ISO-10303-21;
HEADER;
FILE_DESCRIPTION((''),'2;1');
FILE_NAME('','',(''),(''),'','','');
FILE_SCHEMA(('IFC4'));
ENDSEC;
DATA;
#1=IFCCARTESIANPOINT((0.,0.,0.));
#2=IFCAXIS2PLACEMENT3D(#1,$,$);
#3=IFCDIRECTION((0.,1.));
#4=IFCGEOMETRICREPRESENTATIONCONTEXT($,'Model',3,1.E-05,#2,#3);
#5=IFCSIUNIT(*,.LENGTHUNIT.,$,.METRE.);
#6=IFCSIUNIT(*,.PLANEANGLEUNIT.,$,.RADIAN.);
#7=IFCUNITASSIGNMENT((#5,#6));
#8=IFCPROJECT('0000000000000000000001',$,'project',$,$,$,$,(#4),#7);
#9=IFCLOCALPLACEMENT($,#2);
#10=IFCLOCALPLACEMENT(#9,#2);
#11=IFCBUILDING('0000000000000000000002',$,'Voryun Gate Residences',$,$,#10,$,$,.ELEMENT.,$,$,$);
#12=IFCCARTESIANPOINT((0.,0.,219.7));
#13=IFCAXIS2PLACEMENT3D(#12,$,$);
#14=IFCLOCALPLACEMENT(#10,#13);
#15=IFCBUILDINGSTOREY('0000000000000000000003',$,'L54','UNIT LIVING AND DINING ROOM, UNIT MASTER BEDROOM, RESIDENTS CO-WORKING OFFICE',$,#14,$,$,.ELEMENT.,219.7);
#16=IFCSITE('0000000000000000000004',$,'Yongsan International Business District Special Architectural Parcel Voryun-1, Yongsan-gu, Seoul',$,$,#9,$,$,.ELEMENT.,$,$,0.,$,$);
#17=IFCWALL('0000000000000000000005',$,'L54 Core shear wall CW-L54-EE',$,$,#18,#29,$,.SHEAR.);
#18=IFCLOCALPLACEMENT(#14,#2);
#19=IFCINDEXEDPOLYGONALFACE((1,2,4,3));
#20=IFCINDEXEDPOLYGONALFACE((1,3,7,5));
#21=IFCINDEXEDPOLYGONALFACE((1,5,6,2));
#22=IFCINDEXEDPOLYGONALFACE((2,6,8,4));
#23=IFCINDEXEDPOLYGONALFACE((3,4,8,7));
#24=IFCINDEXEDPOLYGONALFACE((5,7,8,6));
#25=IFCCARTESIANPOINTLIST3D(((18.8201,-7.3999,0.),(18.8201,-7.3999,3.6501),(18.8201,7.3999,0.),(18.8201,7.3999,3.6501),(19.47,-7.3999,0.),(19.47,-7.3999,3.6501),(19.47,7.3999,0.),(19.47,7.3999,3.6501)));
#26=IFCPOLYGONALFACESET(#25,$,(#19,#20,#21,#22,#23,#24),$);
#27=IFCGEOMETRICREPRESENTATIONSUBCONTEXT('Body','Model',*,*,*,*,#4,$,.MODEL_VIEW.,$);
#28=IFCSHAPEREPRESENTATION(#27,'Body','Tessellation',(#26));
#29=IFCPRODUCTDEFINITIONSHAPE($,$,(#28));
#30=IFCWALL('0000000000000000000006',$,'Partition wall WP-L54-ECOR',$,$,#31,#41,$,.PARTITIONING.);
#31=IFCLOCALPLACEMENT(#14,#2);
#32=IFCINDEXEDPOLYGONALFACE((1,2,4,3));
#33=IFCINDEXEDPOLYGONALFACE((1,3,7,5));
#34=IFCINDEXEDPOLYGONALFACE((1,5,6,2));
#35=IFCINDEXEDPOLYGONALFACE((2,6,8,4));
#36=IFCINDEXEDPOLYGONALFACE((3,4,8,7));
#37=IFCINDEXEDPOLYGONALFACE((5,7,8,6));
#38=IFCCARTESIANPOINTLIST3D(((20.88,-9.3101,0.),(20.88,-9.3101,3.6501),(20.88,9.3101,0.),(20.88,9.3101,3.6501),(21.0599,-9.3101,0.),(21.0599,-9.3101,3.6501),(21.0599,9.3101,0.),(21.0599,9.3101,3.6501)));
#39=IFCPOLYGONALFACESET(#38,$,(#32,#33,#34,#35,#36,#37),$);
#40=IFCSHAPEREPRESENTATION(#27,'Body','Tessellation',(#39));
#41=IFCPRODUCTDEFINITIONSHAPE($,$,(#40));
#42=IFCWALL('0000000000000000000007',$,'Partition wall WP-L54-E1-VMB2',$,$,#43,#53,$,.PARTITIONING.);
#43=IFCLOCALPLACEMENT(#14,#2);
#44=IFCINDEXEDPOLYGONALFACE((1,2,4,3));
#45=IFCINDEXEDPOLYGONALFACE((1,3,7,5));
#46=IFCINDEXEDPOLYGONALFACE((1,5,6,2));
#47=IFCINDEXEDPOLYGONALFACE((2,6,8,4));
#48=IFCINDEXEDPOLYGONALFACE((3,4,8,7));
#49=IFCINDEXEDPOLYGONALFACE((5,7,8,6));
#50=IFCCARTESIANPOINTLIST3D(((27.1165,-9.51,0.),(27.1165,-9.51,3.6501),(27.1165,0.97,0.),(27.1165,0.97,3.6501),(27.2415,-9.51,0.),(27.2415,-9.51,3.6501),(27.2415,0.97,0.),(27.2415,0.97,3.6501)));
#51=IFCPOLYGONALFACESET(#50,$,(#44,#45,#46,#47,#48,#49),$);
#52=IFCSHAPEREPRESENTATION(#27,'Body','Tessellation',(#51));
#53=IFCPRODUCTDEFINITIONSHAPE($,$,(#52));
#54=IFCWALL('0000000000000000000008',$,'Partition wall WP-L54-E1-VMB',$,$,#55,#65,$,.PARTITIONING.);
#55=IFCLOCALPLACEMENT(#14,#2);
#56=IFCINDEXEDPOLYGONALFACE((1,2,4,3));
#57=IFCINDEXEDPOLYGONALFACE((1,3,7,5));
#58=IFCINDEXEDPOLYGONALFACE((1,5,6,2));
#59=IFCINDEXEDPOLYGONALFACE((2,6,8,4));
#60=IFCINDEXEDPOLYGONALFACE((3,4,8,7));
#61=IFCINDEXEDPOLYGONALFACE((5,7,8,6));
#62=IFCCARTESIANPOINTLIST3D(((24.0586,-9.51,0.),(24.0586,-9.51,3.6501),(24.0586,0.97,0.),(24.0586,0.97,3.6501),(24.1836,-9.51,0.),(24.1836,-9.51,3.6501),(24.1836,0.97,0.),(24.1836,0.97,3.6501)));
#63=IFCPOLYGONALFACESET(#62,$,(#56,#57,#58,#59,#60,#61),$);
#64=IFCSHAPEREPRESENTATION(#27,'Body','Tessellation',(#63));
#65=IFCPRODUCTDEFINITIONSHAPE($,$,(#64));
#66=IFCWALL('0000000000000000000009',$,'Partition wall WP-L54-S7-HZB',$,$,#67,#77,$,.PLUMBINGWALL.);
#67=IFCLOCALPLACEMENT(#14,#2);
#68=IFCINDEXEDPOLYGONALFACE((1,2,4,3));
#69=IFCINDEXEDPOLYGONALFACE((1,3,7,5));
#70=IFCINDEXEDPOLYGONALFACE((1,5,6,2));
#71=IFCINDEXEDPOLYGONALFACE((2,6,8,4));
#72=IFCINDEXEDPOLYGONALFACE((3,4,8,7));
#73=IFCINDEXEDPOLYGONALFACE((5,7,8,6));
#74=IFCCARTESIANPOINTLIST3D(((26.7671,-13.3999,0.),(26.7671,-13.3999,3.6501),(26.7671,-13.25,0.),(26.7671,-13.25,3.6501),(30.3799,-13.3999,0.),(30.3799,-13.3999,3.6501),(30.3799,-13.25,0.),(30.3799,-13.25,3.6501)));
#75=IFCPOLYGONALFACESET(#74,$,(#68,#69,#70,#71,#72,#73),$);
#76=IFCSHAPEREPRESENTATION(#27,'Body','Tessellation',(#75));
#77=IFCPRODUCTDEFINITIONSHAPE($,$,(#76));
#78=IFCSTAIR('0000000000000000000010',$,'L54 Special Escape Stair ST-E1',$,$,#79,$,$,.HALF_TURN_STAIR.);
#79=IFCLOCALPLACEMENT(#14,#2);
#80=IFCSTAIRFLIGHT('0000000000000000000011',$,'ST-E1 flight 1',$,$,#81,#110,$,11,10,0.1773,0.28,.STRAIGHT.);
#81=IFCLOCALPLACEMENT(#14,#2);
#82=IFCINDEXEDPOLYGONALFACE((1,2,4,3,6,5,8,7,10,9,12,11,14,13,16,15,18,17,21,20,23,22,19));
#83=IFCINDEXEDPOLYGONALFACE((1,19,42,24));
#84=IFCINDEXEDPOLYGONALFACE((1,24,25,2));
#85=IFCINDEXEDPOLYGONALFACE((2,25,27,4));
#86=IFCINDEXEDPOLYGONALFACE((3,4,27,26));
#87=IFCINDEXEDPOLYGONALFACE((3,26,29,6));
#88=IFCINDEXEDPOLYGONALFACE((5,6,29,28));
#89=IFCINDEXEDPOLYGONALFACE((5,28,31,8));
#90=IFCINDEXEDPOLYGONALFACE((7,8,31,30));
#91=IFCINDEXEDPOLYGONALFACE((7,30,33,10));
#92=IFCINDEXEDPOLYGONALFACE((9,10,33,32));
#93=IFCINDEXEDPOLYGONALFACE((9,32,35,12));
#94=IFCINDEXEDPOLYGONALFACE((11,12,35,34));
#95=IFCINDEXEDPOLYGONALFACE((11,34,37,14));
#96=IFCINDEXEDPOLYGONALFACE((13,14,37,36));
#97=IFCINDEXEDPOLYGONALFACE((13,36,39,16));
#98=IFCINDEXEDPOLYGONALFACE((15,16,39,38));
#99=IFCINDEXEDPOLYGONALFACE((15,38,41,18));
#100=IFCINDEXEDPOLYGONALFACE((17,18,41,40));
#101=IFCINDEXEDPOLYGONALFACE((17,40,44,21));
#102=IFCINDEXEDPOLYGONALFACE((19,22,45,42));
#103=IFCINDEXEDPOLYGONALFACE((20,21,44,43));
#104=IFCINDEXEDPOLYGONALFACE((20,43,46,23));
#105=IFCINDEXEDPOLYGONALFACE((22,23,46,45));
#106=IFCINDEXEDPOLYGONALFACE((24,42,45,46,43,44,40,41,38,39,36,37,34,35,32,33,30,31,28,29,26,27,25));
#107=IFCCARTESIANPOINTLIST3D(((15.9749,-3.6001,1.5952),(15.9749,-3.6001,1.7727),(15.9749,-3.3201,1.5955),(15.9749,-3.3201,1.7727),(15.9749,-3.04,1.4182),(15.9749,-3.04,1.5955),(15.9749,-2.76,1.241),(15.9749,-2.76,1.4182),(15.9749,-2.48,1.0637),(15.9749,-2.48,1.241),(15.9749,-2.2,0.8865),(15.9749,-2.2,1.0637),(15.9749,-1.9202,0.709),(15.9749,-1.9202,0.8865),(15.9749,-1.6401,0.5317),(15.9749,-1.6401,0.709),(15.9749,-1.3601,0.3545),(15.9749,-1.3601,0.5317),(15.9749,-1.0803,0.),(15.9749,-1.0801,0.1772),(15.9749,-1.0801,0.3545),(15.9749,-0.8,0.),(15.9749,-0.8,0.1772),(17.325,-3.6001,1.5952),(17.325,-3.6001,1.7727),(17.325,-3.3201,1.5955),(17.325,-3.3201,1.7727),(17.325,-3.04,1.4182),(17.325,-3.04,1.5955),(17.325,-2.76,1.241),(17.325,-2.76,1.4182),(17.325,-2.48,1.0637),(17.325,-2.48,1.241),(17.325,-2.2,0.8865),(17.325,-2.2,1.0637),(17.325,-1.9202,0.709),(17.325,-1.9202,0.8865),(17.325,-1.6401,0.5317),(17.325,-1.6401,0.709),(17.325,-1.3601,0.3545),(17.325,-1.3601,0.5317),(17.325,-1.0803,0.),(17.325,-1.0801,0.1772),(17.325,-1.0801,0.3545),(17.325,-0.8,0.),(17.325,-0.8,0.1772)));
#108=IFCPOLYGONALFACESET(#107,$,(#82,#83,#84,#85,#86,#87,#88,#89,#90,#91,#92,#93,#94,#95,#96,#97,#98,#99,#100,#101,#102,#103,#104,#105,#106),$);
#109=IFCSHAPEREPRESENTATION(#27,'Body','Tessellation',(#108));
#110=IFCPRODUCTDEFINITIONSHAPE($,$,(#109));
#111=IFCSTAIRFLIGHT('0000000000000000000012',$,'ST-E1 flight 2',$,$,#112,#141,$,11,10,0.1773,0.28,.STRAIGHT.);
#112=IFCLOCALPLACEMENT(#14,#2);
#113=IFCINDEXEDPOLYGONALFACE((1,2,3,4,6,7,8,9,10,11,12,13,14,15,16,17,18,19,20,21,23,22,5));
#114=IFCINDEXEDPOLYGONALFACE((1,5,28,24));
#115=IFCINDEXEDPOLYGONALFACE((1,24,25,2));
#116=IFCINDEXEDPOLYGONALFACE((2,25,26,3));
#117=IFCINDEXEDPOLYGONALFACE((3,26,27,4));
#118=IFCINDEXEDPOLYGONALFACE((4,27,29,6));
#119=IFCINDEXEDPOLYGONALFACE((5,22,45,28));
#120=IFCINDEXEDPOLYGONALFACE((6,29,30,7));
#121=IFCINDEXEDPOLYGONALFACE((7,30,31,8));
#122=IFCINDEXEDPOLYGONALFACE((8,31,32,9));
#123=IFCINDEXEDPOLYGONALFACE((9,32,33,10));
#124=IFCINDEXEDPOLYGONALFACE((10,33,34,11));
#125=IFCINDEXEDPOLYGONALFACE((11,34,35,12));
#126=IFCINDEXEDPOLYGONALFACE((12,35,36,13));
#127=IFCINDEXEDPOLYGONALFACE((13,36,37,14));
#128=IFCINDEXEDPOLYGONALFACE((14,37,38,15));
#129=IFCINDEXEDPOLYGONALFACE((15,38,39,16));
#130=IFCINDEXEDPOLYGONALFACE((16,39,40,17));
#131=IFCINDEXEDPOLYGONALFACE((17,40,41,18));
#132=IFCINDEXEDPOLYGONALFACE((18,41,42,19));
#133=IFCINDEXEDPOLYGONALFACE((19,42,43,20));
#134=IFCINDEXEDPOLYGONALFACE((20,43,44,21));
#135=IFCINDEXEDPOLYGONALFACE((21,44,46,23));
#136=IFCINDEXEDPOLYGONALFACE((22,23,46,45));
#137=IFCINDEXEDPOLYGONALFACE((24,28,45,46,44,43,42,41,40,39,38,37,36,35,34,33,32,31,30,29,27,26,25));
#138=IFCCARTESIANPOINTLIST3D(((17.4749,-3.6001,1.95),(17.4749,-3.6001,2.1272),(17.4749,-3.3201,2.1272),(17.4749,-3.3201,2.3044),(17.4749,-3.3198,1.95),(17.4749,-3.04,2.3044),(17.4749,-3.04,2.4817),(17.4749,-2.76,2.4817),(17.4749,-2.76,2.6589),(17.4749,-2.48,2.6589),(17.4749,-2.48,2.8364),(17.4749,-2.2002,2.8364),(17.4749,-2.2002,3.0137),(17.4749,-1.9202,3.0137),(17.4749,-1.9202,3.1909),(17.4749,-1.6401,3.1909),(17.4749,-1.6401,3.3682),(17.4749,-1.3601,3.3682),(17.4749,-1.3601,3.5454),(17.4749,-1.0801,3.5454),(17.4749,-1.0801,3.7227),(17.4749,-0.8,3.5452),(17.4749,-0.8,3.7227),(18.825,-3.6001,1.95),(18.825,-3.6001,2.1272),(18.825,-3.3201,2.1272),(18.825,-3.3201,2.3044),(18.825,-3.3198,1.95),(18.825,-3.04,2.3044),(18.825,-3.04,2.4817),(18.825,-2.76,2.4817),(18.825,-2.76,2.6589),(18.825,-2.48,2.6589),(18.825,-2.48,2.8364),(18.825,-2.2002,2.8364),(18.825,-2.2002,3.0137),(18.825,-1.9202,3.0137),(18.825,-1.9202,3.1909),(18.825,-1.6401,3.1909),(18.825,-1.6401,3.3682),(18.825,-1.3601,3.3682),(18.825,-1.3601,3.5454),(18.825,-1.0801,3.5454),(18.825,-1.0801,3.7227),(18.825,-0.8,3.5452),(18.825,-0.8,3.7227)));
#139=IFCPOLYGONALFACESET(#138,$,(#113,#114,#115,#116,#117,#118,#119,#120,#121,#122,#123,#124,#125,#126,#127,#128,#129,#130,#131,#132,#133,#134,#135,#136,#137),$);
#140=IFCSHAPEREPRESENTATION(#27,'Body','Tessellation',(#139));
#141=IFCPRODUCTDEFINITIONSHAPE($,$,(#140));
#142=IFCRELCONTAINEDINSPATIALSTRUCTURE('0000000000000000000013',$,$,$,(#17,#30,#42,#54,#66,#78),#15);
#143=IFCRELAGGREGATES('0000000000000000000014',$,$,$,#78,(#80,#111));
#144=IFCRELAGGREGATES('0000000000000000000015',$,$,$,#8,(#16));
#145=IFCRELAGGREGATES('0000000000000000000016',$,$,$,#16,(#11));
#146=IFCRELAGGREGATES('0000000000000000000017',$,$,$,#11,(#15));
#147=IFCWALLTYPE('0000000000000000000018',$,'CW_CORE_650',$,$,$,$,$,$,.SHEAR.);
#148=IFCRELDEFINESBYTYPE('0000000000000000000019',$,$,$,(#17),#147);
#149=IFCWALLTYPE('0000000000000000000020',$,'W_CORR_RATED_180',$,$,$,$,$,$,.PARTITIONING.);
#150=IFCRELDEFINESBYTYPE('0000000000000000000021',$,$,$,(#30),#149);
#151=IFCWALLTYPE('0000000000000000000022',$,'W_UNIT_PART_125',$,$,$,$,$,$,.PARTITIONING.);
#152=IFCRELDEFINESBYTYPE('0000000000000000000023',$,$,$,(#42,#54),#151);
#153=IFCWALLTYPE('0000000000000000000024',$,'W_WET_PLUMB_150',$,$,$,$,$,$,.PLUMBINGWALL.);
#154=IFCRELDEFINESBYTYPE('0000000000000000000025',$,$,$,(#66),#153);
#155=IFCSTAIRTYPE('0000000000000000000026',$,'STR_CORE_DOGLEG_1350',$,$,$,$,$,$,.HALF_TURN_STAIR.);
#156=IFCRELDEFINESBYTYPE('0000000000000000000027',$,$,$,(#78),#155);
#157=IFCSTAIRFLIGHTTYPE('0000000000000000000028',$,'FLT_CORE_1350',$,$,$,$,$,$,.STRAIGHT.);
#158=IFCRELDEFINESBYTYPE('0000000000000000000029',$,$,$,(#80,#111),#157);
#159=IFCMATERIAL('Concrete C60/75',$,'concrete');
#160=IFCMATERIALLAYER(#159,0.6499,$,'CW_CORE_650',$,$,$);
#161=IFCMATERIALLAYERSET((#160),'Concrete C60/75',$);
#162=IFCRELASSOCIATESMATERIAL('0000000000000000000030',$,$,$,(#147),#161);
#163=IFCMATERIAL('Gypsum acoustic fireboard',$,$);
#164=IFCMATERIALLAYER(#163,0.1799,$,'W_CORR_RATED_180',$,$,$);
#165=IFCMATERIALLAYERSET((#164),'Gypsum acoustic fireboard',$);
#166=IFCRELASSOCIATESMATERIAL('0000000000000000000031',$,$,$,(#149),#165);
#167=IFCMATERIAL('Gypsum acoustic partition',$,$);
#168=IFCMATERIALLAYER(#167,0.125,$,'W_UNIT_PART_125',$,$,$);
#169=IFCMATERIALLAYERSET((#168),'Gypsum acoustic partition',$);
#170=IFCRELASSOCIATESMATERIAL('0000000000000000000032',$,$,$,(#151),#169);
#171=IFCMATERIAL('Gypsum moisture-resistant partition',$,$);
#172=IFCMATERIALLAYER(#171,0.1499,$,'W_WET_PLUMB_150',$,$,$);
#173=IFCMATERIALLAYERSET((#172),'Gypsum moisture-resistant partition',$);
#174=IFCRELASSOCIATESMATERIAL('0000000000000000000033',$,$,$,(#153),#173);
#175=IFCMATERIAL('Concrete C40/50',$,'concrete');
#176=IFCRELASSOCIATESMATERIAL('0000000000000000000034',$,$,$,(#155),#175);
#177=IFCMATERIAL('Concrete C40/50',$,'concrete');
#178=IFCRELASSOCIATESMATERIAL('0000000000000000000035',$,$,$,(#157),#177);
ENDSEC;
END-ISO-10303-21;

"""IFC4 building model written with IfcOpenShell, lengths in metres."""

from ifc_helpers import new_model, si_unit, direction, frame, frame_2d, origin, place, context, subcontext, project, spatial, polyline, rectangle, outline, extrude, material, layer, layer_set, type_object, element, aggregate, save


model = new_model("IFC4")

# Units and contexts
model_context = context("Model", 3, precision=1e-05, world=origin(), true_north=direction((0.0, 1.0)))
body_context = subcontext(model_context, "Body", "Model", "MODEL_VIEW")
ifc_project = project(units=[si_unit("LENGTHUNIT", "METRE"), si_unit("PLANEANGLEUNIT", "RADIAN")], contexts=[model_context])

# Site, building, storey
site_placement = place(None, origin())
site = spatial("IfcSite", under=ifc_project, at=site_placement, Name="Yongsan International Business District Special Architectural Parcel Voryun-1, Yongsan-gu, Seoul", CompositionType="ELEMENT", RefElevation=0.0)
building_placement = place(site_placement, origin())
building = spatial("IfcBuilding", under=site, at=building_placement, Name="Voryun Gate Residences", CompositionType="ELEMENT")
storey_placement = place(building_placement, frame((0.0, 0.0, 219.7)))
storey = spatial("IfcBuildingStorey", under=building, at=storey_placement, Name="L54", Description="UNIT LIVING AND DINING ROOM, UNIT MASTER BEDROOM, RESIDENTS CO-WORKING OFFICE", CompositionType="ELEMENT", Elevation=219.7)

# Walls
ifc_material_1 = material(Name="Concrete C60/75", Category="concrete")
ifc_layer_1 = layer(ifc_material_1, 0.6499, Name="CW_CORE_650")
ifc_layer_set_1 = layer_set([ifc_layer_1], Name="Concrete C60/75")
wall_type_1 = type_object("IfcWallType", Name="CW_CORE_650", PredefinedType="SHEAR", material=ifc_layer_set_1)
wall_1_placement = place(storey_placement, frame((19.145, -7.3999, 0.0), z_axis=(0.0, 0.0, 1.0), x_axis=(0.0, 1.0, 0.0)))
element("IfcWall", 1, at=wall_1_placement, inside=storey, type_object=wall_type_1, Name="L54 Core shear wall CW-L54-EE", PredefinedType="SHEAR", context=body_context, shape_type="SweptSolid", body=[
    extrude(rectangle(XDim=14.7998, YDim=0.6499, at=frame_2d((7.3999, 0.0))), origin(), (0.0, 0.0, 1.0), 3.6501),
])
ifc_material_2 = material(Name="Gypsum acoustic fireboard")
ifc_layer_2 = layer(ifc_material_2, 0.1799, Name="W_CORR_RATED_180")
ifc_layer_set_2 = layer_set([ifc_layer_2], Name="Gypsum acoustic fireboard")
wall_type_2 = type_object("IfcWallType", Name="W_CORR_RATED_180", PredefinedType="PARTITIONING", material=ifc_layer_set_2)
wall_2_placement = place(storey_placement, frame((20.97, -9.3101, 0.0), z_axis=(0.0, 0.0, 1.0), x_axis=(0.0, 1.0, 0.0)))
element("IfcWall", 2, at=wall_2_placement, inside=storey, type_object=wall_type_2, Name="Partition wall WP-L54-ECOR", PredefinedType="PARTITIONING", context=body_context, shape_type="SweptSolid", body=[
    extrude(rectangle(XDim=18.6201, YDim=0.1799, at=frame_2d((9.3101, 0.0))), origin(), (0.0, 0.0, 1.0), 3.6501),
])
ifc_material_3 = material(Name="Gypsum acoustic partition")
ifc_layer_3 = layer(ifc_material_3, 0.125, Name="W_UNIT_PART_125")
ifc_layer_set_3 = layer_set([ifc_layer_3], Name="Gypsum acoustic partition")
wall_type_3 = type_object("IfcWallType", Name="W_UNIT_PART_125", PredefinedType="PARTITIONING", material=ifc_layer_set_3)
for number, where, z_axis, x_axis, name in (
    (3, (27.179, -9.51, 0.0), (0.0, 0.0, 1.0), (0.0, 1.0, 0.0), "Partition wall WP-L54-E1-VMB2"),
    (4, (24.1211, -9.51, 0.0), (0.0, 0.0, 1.0), (0.0, 1.0, 0.0), "Partition wall WP-L54-E1-VMB"),
):
    element("IfcWall", number, at=place(storey_placement, frame(where, z_axis=z_axis, x_axis=x_axis)), inside=storey, type_object=wall_type_3, Name=name, PredefinedType="PARTITIONING", context=body_context, shape_type="SweptSolid", body=[
        extrude(rectangle(XDim=10.48, YDim=0.125, at=frame_2d((5.24, 0.0))), origin(), (0.0, 0.0, 1.0), 3.6501),
    ])
ifc_material_4 = material(Name="Gypsum moisture-resistant partition")
ifc_layer_4 = layer(ifc_material_4, 0.1499, Name="W_WET_PLUMB_150")
ifc_layer_set_4 = layer_set([ifc_layer_4], Name="Gypsum moisture-resistant partition")
wall_type_4 = type_object("IfcWallType", Name="W_WET_PLUMB_150", PredefinedType="PLUMBINGWALL", material=ifc_layer_set_4)
wall_3_placement = place(storey_placement, frame((26.7671, -13.325, 0.0), z_axis=(0.0, 0.0, 1.0), x_axis=(1.0, 0.0, 0.0)))
element("IfcWall", 5, at=wall_3_placement, inside=storey, type_object=wall_type_4, Name="Partition wall WP-L54-S7-HZB", PredefinedType="PLUMBINGWALL", context=body_context, shape_type="SweptSolid", body=[
    extrude(rectangle(XDim=3.6128, YDim=0.1499, at=frame_2d((1.8064, 0.0))), origin(), (0.0, 0.0, 1.0), 3.6501),
])

# Stair, stair flights
ifc_material_5 = material(Name="Concrete C40/50", Category="concrete")
stair_type = type_object("IfcStairType", Name="STR_CORE_DOGLEG_1350", PredefinedType="HALF_TURN_STAIR", material=ifc_material_5)
stair_placement = place(storey_placement, origin())
stair = element("IfcStair", 6, at=stair_placement, inside=storey, type_object=stair_type, Name="L54 Special Escape Stair ST-E1", PredefinedType="HALF_TURN_STAIR")
ifc_material_6 = material(Name="Concrete C40/50", Category="concrete")
stair_flight_type = type_object("IfcStairFlightType", Name="FLT_CORE_1350", PredefinedType="STRAIGHT", material=ifc_material_6)
stair_flight_1_placement = place(storey_placement, frame((16.6499, -0.8, 0.0), z_axis=(0.0, 0.0, 1.0), x_axis=(0.0, -1.0, 0.0)))
stair_flight_1 = element("IfcStairFlight", 7, at=stair_flight_1_placement, type_object=stair_flight_type, Name="ST-E1 flight 1", NumberOfRisers=11, NumberOfTreads=10, PredefinedType="STRAIGHT", RiserHeight=0.1773, TreadLength=0.28, context=body_context, shape_type="SweptSolid", body=[
    extrude(outline(polyline([(0.0, 0.0), (0.0, 0.1772), (0.28, 0.1772), (0.28, 0.3545), (0.5601, 0.3545), (0.5601, 0.5317), (0.8401, 0.5317), (0.8401, 0.709), (1.1201, 0.709), (1.1201, 0.8865), (1.3999, 0.8865), (1.3999, 1.0637), (1.6799, 1.0637), (1.6799, 1.241), (1.96, 1.241), (1.96, 1.4182), (2.24, 1.4182), (2.24, 1.5955), (2.52, 1.5955), (2.52, 1.7727), (2.8, 1.7727), (2.8, 1.95), (2.8, 1.5952), (0.2803, 0.0), (0.0, 0.0)])), frame((0.0, 0.675, 0.0), z_axis=(0.0, -1.0, 0.0), x_axis=(1.0, 0.0, 0.0)), (0.0, 0.0, 1.0), 1.3501),
])
stair_flight_2_placement = place(storey_placement, frame((18.1499, -3.6001, 1.95), z_axis=(0.0, 0.0, 1.0), x_axis=(0.0, 1.0, 0.0)))
stair_flight_2 = element("IfcStairFlight", 8, at=stair_flight_2_placement, type_object=stair_flight_type, Name="ST-E1 flight 2", NumberOfRisers=11, NumberOfTreads=10, PredefinedType="STRAIGHT", RiserHeight=0.1773, TreadLength=0.28, context=body_context, shape_type="SweptSolid", body=[
    extrude(outline(polyline([(0.0, 0.0), (0.0, 0.1772), (0.28, 0.1772), (0.28, 0.3545), (0.5601, 0.3545), (0.5601, 0.5317), (0.8401, 0.5317), (0.8401, 0.709), (1.1201, 0.709), (1.1201, 0.8865), (1.3999, 0.8865), (1.3999, 1.0637), (1.6799, 1.0637), (1.6799, 1.241), (1.96, 1.241), (1.96, 1.4182), (2.24, 1.4182), (2.24, 1.5955), (2.52, 1.5955), (2.52, 1.7727), (2.8, 1.7727), (2.8, 1.95), (2.8, 1.5952), (0.2803, 0.0), (0.0, 0.0)])), frame((0.0, 0.675, 0.0), z_axis=(0.0, -1.0, 0.0), x_axis=(1.0, 0.0, 0.0)), (0.0, 0.0, 1.0), 1.3501),
])
aggregate(stair, [stair_flight_1, stair_flight_2])

save(model, "model.ifc")
